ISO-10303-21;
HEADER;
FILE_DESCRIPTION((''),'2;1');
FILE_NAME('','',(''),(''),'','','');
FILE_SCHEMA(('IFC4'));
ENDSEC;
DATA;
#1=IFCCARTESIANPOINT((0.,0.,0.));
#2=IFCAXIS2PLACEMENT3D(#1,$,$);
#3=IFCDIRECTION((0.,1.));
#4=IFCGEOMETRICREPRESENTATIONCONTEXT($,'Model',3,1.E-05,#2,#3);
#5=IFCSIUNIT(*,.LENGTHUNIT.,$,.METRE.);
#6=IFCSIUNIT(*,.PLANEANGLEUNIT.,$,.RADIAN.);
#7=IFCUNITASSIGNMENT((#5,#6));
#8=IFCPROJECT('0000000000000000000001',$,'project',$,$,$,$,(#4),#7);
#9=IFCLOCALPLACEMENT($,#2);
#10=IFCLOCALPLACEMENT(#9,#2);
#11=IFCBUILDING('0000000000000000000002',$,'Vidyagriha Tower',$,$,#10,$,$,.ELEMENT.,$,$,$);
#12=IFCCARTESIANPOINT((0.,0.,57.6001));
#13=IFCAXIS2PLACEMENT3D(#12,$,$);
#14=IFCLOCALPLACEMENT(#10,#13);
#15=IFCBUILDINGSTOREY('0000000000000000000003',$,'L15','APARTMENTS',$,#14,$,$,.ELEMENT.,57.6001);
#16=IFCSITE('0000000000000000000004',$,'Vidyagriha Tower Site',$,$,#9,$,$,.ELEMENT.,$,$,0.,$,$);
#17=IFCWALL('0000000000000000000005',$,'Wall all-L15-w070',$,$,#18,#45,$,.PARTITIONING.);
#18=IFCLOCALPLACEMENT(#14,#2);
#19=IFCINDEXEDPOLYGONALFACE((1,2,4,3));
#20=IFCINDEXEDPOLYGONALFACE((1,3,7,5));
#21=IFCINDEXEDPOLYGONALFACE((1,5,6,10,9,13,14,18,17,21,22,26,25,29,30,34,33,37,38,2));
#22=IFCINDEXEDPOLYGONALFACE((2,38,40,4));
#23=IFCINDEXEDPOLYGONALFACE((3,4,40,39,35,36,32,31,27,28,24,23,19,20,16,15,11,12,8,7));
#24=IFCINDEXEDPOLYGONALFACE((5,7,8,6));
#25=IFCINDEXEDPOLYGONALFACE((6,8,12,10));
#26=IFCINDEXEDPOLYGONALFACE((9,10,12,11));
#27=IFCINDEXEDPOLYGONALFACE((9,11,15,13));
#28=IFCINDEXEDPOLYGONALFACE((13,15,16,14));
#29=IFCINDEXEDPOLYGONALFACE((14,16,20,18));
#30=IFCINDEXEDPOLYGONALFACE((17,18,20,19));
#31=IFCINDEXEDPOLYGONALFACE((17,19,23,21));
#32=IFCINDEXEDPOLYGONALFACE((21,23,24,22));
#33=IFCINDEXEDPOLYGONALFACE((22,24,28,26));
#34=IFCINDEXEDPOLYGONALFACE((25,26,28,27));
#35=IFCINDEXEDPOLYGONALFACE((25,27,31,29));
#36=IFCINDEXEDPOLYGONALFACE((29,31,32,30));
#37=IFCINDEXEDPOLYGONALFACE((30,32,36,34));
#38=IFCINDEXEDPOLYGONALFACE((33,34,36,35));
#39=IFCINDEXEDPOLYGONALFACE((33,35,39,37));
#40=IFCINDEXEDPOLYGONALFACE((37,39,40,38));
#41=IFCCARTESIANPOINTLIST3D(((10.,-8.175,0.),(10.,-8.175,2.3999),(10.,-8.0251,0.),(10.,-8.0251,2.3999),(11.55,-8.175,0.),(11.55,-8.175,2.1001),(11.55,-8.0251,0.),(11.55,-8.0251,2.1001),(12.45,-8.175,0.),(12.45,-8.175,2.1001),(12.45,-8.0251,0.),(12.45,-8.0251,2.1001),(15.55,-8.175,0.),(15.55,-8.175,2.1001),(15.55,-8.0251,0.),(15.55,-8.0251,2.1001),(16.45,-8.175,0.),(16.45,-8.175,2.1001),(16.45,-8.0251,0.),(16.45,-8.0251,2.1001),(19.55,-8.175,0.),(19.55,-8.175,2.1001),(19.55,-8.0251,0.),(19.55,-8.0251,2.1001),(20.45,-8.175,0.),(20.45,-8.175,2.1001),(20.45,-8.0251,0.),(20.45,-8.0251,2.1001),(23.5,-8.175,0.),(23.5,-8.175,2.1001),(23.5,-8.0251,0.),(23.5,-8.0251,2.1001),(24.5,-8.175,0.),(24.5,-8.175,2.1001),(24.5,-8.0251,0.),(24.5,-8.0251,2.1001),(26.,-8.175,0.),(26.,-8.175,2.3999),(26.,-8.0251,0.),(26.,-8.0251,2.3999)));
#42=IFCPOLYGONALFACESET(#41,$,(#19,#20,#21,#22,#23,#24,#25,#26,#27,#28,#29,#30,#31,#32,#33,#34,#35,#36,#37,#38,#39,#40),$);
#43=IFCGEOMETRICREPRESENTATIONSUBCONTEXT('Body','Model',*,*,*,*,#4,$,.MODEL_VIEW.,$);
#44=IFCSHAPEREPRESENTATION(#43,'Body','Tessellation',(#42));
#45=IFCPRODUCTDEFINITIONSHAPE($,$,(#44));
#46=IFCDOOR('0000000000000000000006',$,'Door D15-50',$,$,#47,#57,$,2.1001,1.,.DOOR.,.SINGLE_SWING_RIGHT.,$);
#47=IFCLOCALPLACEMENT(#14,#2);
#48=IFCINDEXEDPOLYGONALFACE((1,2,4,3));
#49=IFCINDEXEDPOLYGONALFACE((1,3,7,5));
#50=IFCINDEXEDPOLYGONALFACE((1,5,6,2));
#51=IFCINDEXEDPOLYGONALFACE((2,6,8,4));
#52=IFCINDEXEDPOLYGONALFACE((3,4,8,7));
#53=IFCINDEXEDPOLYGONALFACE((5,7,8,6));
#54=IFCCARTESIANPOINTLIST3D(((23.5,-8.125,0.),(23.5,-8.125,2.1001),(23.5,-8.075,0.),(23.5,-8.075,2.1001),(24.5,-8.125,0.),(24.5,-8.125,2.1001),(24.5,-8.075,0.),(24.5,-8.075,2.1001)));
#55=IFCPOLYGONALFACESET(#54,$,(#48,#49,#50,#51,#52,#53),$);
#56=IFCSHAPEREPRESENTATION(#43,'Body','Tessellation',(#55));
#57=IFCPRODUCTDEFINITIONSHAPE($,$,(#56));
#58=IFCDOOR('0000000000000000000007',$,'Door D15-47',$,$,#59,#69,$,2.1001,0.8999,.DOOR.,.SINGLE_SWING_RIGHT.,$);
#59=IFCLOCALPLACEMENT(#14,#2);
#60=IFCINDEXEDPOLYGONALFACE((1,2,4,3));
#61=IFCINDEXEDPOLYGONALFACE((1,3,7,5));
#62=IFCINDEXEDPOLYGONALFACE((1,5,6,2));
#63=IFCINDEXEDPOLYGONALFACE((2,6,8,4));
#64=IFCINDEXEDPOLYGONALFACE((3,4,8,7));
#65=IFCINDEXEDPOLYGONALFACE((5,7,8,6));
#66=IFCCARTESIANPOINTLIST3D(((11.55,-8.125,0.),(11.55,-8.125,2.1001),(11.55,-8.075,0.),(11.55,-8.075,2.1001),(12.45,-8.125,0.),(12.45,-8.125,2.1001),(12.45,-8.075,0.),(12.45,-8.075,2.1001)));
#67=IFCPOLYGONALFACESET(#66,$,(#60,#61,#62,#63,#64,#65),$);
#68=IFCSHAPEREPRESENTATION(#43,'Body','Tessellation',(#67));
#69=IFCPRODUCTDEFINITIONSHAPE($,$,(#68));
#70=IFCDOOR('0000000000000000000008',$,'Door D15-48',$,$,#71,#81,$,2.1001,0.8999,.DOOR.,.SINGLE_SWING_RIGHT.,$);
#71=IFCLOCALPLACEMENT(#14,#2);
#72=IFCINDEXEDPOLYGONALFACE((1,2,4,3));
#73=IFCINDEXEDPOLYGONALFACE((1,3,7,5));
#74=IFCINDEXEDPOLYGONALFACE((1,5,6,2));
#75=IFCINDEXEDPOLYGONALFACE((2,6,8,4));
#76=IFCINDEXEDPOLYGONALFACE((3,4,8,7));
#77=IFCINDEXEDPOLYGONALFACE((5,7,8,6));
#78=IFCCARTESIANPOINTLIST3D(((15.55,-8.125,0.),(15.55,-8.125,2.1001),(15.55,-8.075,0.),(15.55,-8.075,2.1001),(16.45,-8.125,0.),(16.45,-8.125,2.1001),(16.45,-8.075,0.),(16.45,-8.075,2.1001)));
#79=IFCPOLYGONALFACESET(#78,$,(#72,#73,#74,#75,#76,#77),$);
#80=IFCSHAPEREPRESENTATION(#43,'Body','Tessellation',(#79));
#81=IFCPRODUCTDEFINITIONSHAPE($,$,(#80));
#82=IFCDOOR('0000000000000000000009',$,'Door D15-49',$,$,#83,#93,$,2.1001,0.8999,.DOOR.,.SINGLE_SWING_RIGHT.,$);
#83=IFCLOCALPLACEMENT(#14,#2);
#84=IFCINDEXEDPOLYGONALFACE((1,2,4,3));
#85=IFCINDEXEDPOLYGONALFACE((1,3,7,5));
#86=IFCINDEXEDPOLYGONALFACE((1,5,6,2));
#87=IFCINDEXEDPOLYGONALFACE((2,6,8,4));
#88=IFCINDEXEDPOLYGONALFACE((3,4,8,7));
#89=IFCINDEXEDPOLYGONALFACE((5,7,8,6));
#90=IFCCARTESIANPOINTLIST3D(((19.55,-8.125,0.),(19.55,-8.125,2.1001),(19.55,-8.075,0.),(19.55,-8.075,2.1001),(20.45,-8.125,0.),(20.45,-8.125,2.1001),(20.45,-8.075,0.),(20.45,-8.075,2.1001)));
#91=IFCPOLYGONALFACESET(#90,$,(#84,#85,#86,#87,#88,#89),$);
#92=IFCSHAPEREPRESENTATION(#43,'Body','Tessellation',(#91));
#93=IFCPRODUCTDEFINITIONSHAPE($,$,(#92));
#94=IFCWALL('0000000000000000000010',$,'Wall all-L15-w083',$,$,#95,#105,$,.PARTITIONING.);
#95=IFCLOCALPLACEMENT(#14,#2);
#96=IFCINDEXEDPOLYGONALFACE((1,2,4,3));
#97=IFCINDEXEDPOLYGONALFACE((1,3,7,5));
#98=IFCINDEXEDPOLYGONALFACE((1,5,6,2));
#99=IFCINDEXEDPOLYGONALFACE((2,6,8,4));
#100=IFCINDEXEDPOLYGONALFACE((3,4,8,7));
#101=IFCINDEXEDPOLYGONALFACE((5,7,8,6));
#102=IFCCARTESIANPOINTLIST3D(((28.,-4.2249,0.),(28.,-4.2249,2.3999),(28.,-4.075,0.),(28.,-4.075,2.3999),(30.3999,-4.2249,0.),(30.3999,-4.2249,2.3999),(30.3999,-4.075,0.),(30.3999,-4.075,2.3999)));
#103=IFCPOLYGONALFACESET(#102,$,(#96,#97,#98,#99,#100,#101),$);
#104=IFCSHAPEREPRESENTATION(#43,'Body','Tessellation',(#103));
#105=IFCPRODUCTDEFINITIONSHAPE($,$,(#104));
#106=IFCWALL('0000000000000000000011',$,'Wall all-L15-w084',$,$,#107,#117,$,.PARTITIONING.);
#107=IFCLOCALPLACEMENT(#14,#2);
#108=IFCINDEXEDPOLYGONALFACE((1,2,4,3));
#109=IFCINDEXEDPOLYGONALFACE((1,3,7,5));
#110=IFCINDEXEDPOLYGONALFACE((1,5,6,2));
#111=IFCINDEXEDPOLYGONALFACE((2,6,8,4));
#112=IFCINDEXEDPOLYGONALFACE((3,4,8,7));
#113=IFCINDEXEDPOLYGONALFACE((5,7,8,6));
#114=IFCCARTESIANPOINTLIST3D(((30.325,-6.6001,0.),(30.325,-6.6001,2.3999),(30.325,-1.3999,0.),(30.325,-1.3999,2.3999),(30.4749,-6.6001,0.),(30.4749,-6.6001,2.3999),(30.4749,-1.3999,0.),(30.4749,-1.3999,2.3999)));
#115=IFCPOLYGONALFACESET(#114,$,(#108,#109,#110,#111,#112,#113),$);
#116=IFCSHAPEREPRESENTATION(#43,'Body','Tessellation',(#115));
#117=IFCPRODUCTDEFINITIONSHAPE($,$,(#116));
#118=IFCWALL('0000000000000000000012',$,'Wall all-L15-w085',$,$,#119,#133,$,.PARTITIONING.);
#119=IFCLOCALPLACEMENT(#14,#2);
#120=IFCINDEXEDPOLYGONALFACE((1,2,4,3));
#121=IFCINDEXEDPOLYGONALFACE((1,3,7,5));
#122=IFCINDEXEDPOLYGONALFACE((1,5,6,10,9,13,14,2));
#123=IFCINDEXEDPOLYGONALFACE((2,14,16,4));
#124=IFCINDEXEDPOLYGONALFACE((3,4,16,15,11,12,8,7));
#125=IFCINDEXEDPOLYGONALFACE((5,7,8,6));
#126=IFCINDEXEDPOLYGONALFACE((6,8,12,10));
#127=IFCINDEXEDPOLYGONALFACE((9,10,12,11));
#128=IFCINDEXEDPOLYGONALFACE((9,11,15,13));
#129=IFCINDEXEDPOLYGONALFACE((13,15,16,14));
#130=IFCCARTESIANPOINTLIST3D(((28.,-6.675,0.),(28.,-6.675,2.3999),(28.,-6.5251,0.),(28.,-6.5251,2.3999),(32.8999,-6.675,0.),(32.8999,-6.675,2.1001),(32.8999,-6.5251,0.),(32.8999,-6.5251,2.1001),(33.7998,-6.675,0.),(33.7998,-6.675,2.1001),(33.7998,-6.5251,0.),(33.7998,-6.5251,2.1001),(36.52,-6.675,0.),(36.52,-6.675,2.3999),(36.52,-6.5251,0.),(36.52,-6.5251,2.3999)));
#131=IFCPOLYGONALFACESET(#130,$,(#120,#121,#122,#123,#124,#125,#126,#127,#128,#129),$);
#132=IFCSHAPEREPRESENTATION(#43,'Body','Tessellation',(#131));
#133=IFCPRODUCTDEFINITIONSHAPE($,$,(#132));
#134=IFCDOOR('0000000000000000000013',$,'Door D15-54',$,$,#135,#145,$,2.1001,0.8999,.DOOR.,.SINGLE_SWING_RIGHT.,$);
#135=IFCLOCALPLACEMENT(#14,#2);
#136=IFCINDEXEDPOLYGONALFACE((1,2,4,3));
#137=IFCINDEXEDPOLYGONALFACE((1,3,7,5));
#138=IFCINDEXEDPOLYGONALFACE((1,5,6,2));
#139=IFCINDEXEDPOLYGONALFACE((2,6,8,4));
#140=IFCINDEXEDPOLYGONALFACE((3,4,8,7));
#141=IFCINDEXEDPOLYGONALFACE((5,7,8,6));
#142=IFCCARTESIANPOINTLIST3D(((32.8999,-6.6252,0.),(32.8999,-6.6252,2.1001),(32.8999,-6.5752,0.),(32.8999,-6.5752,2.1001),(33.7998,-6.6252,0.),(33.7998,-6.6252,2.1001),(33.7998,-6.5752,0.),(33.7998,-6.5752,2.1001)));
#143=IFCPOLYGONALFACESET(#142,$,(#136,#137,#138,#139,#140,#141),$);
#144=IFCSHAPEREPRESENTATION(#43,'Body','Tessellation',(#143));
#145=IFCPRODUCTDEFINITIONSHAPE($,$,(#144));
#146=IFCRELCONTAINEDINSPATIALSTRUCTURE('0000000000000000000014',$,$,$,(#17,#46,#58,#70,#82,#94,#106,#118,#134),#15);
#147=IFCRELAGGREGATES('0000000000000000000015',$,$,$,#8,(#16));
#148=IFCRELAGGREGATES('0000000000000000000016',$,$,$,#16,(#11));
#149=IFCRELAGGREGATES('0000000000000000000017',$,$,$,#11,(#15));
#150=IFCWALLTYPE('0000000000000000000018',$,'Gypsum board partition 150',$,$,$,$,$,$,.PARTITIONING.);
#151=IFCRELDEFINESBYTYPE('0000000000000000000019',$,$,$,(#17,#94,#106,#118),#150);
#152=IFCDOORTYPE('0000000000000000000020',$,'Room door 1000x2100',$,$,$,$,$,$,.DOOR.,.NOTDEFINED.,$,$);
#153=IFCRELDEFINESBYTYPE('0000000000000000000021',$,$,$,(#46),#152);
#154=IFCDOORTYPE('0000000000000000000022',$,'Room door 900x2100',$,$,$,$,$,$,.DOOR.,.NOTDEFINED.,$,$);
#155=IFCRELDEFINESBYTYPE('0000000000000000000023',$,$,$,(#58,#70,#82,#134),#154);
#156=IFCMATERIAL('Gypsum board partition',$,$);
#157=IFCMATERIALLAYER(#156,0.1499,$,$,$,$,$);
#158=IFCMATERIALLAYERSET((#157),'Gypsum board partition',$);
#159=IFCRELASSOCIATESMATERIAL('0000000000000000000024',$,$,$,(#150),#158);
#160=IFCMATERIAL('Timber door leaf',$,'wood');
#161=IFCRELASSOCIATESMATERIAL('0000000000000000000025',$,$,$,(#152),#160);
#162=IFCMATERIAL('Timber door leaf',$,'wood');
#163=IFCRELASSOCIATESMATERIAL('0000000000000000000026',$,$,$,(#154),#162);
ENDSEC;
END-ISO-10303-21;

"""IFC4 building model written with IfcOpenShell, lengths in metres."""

from ifc_helpers import new_model, si_unit, direction, frame, frame_2d, origin, place, context, subcontext, project, spatial, rectangle, extrude, material, layer, layer_set, type_object, element, fill, save


model = new_model("IFC4")

# Units and contexts
model_context = context("Model", 3, precision=1e-05, world=origin(), true_north=direction((0.0, 1.0)))
body_context = subcontext(model_context, "Body", "Model", "MODEL_VIEW")
ifc_project = project(units=[si_unit("LENGTHUNIT", "METRE"), si_unit("PLANEANGLEUNIT", "RADIAN")], contexts=[model_context])

# Site, building, storey
site_placement = place(None, origin())
site = spatial("IfcSite", under=ifc_project, at=site_placement, Name="Vidyagriha Tower Site", CompositionType="ELEMENT", RefElevation=0.0)
building_placement = place(site_placement, origin())
building = spatial("IfcBuilding", under=site, at=building_placement, Name="Vidyagriha Tower", CompositionType="ELEMENT")
storey_placement = place(building_placement, frame((0.0, 0.0, 57.6001)))
storey = spatial("IfcBuildingStorey", under=building, at=storey_placement, Name="L15", Description="APARTMENTS", CompositionType="ELEMENT", Elevation=57.6001)

# Wall, openings, doors
ifc_material_1 = material(Name="Gypsum board partition")
ifc_layer_1 = layer(ifc_material_1, 0.1499)
ifc_layer_set_1 = layer_set([ifc_layer_1], Name="Gypsum board partition")
wall_type_1 = type_object("IfcWallType", Name="Gypsum board partition 150", PredefinedType="PARTITIONING", material=ifc_layer_set_1)
wall_1_placement = place(storey_placement, frame((26.0, -8.1001, 0.0), z_axis=(0.0, 0.0, 1.0), x_axis=(-1.0, 0.0, 0.0)))
wall_1 = element("IfcWall", 1, at=wall_1_placement, inside=storey, type_object=wall_type_1, Name="Wall all-L15-w070", PredefinedType="PARTITIONING", context=body_context, shape_type="SweptSolid", body=[
    extrude(rectangle(XDim=16.0, YDim=0.1499, at=frame_2d((8.0, 0.0))), origin(), (0.0, 0.0, 1.0), 2.3999),
])
opening_1_placement = place(wall_1_placement, frame((13.55, 0.0, 0.0)))
opening_1 = element("IfcOpeningElement", 2, at=opening_1_placement, cuts=wall_1, PredefinedType="OPENING", context=body_context, shape_type="SweptSolid", body=[
    extrude(rectangle(XDim=0.8999, YDim=2.1001, at=frame_2d((0.45, 1.05))), frame((0.0, 0.085, 0.0), z_axis=(0.0, -1.0, 0.0), x_axis=(1.0, 0.0, 0.0)), (0.0, 0.0, 1.0), 0.1699),
])
opening_2_placement = place(wall_1_placement, frame((9.55, 0.0, 0.0)))
opening_2 = element("IfcOpeningElement", 3, at=opening_2_placement, cuts=wall_1, PredefinedType="OPENING", context=body_context, shape_type="SweptSolid", body=[
    extrude(rectangle(XDim=0.8999, YDim=2.1001, at=frame_2d((0.45, 1.05))), frame((0.0, 0.085, 0.0), z_axis=(0.0, -1.0, 0.0), x_axis=(1.0, 0.0, 0.0)), (0.0, 0.0, 1.0), 0.1699),
])
opening_3_placement = place(wall_1_placement, frame((5.55, 0.0, 0.0)))
opening_3 = element("IfcOpeningElement", 4, at=opening_3_placement, cuts=wall_1, PredefinedType="OPENING", context=body_context, shape_type="SweptSolid", body=[
    extrude(rectangle(XDim=0.8999, YDim=2.1001, at=frame_2d((0.45, 1.05))), frame((0.0, 0.085, 0.0), z_axis=(0.0, -1.0, 0.0), x_axis=(1.0, 0.0, 0.0)), (0.0, 0.0, 1.0), 0.1699),
])
opening_4_placement = place(wall_1_placement, frame((1.5, 0.0, 0.0)))
opening_4 = element("IfcOpeningElement", 5, at=opening_4_placement, cuts=wall_1, PredefinedType="OPENING", context=body_context, shape_type="SweptSolid", body=[
    extrude(rectangle(XDim=1.0, YDim=2.1001, at=frame_2d((0.5, 1.05))), frame((0.0, 0.085, 0.0), z_axis=(0.0, -1.0, 0.0), x_axis=(1.0, 0.0, 0.0)), (0.0, 0.0, 1.0), 0.1699),
])
ifc_material_2 = material(Name="Timber door leaf", Category="wood")
door_type_1 = type_object("IfcDoorType", Name="Room door 1000x2100", OperationType="NOTDEFINED", PredefinedType="DOOR", material=ifc_material_2)
door_1_placement = place(opening_4_placement, origin())
door_1 = element("IfcDoor", 6, at=door_1_placement, inside=storey, type_object=door_type_1, Name="Door D15-50", OperationType="SINGLE_SWING_RIGHT", OverallHeight=2.1001, OverallWidth=1.0, PredefinedType="DOOR", context=body_context, shape_type="SweptSolid", body=[
    extrude(rectangle(XDim=1.0, YDim=2.1001, at=frame_2d((0.5, 1.05))), frame((0.0, 0.0249, 0.0), z_axis=(0.0, -1.0, 0.0), x_axis=(1.0, 0.0, 0.0)), (0.0, 0.0, 1.0), 0.05),
])
fill(opening_4, door_1)
ifc_material_3 = material(Name="Timber door leaf", Category="wood")
door_type_2 = type_object("IfcDoorType", Name="Room door 900x2100", OperationType="NOTDEFINED", PredefinedType="DOOR", material=ifc_material_3)
door_2_placement = place(opening_1_placement, origin())
door_2 = element("IfcDoor", 7, at=door_2_placement, inside=storey, type_object=door_type_2, Name="Door D15-47", OperationType="SINGLE_SWING_RIGHT", OverallHeight=2.1001, OverallWidth=0.8999, PredefinedType="DOOR", context=body_context, shape_type="SweptSolid", body=[
    extrude(rectangle(XDim=0.8999, YDim=2.1001, at=frame_2d((0.45, 1.05))), frame((0.0, 0.0249, 0.0), z_axis=(0.0, -1.0, 0.0), x_axis=(1.0, 0.0, 0.0)), (0.0, 0.0, 1.0), 0.05),
])
fill(opening_1, door_2)
door_3_placement = place(opening_2_placement, origin())
door_3 = element("IfcDoor", 8, at=door_3_placement, inside=storey, type_object=door_type_2, Name="Door D15-48", OperationType="SINGLE_SWING_RIGHT", OverallHeight=2.1001, OverallWidth=0.8999, PredefinedType="DOOR", context=body_context, shape_type="SweptSolid", body=[
    extrude(rectangle(XDim=0.8999, YDim=2.1001, at=frame_2d((0.45, 1.05))), frame((0.0, 0.0249, 0.0), z_axis=(0.0, -1.0, 0.0), x_axis=(1.0, 0.0, 0.0)), (0.0, 0.0, 1.0), 0.05),
])
fill(opening_2, door_3)
door_4_placement = place(opening_3_placement, origin())
door_4 = element("IfcDoor", 9, at=door_4_placement, inside=storey, type_object=door_type_2, Name="Door D15-49", OperationType="SINGLE_SWING_RIGHT", OverallHeight=2.1001, OverallWidth=0.8999, PredefinedType="DOOR", context=body_context, shape_type="SweptSolid", body=[
    extrude(rectangle(XDim=0.8999, YDim=2.1001, at=frame_2d((0.45, 1.05))), frame((0.0, 0.0249, 0.0), z_axis=(0.0, -1.0, 0.0), x_axis=(1.0, 0.0, 0.0)), (0.0, 0.0, 1.0), 0.05),
])
fill(opening_3, door_4)

# Walls
wall_2_placement = place(storey_placement, frame((30.3999, -4.1499, 0.0), z_axis=(0.0, 0.0, 1.0), x_axis=(-1.0, 0.0, 0.0)))
element("IfcWall", 10, at=wall_2_placement, inside=storey, type_object=wall_type_1, Name="Wall all-L15-w083", PredefinedType="PARTITIONING", context=body_context, shape_type="SweptSolid", body=[
    extrude(rectangle(XDim=2.3999, YDim=0.1499, at=frame_2d((1.2, 0.0))), origin(), (0.0, 0.0, 1.0), 2.3999),
])
wall_3_placement = place(storey_placement, frame((30.3999, -1.3999, 0.0), z_axis=(0.0, 0.0, 1.0), x_axis=(0.0, -1.0, 0.0)))
element("IfcWall", 11, at=wall_3_placement, inside=storey, type_object=wall_type_1, Name="Wall all-L15-w084", PredefinedType="PARTITIONING", context=body_context, shape_type="SweptSolid", body=[
    extrude(rectangle(XDim=5.2002, YDim=0.1499, at=frame_2d((2.6001, 0.0))), origin(), (0.0, 0.0, 1.0), 2.3999),
])

# Wall, opening, door
wall_4_placement = place(storey_placement, frame((28.0, -6.6001, 0.0)))
wall_4 = element("IfcWall", 12, at=wall_4_placement, inside=storey, type_object=wall_type_1, Name="Wall all-L15-w085", PredefinedType="PARTITIONING", context=body_context, shape_type="SweptSolid", body=[
    extrude(rectangle(XDim=8.52, YDim=0.1499, at=frame_2d((4.26, 0.0))), origin(), (0.0, 0.0, 1.0), 2.3999),
])
opening_5_placement = place(wall_4_placement, frame((4.8999, 0.0, 0.0)))
opening_5 = element("IfcOpeningElement", 13, at=opening_5_placement, cuts=wall_4, PredefinedType="OPENING", context=body_context, shape_type="SweptSolid", body=[
    extrude(rectangle(XDim=0.8999, YDim=2.1001, at=frame_2d((0.45, 1.05))), frame((0.0, 0.085, 0.0), z_axis=(0.0, -1.0, 0.0), x_axis=(1.0, 0.0, 0.0)), (0.0, 0.0, 1.0), 0.1699),
])
door_5_placement = place(opening_5_placement, origin())
door_5 = element("IfcDoor", 14, at=door_5_placement, inside=storey, type_object=door_type_2, Name="Door D15-54", OperationType="SINGLE_SWING_RIGHT", OverallHeight=2.1001, OverallWidth=0.8999, PredefinedType="DOOR", context=body_context, shape_type="SweptSolid", body=[
    extrude(rectangle(XDim=0.8999, YDim=2.1001, at=frame_2d((0.45, 1.05))), frame((0.0, 0.0249, 0.0), z_axis=(0.0, -1.0, 0.0), x_axis=(1.0, 0.0, 0.0)), (0.0, 0.0, 1.0), 0.05),
])
fill(opening_5, door_5)

save(model, "model.ifc")
